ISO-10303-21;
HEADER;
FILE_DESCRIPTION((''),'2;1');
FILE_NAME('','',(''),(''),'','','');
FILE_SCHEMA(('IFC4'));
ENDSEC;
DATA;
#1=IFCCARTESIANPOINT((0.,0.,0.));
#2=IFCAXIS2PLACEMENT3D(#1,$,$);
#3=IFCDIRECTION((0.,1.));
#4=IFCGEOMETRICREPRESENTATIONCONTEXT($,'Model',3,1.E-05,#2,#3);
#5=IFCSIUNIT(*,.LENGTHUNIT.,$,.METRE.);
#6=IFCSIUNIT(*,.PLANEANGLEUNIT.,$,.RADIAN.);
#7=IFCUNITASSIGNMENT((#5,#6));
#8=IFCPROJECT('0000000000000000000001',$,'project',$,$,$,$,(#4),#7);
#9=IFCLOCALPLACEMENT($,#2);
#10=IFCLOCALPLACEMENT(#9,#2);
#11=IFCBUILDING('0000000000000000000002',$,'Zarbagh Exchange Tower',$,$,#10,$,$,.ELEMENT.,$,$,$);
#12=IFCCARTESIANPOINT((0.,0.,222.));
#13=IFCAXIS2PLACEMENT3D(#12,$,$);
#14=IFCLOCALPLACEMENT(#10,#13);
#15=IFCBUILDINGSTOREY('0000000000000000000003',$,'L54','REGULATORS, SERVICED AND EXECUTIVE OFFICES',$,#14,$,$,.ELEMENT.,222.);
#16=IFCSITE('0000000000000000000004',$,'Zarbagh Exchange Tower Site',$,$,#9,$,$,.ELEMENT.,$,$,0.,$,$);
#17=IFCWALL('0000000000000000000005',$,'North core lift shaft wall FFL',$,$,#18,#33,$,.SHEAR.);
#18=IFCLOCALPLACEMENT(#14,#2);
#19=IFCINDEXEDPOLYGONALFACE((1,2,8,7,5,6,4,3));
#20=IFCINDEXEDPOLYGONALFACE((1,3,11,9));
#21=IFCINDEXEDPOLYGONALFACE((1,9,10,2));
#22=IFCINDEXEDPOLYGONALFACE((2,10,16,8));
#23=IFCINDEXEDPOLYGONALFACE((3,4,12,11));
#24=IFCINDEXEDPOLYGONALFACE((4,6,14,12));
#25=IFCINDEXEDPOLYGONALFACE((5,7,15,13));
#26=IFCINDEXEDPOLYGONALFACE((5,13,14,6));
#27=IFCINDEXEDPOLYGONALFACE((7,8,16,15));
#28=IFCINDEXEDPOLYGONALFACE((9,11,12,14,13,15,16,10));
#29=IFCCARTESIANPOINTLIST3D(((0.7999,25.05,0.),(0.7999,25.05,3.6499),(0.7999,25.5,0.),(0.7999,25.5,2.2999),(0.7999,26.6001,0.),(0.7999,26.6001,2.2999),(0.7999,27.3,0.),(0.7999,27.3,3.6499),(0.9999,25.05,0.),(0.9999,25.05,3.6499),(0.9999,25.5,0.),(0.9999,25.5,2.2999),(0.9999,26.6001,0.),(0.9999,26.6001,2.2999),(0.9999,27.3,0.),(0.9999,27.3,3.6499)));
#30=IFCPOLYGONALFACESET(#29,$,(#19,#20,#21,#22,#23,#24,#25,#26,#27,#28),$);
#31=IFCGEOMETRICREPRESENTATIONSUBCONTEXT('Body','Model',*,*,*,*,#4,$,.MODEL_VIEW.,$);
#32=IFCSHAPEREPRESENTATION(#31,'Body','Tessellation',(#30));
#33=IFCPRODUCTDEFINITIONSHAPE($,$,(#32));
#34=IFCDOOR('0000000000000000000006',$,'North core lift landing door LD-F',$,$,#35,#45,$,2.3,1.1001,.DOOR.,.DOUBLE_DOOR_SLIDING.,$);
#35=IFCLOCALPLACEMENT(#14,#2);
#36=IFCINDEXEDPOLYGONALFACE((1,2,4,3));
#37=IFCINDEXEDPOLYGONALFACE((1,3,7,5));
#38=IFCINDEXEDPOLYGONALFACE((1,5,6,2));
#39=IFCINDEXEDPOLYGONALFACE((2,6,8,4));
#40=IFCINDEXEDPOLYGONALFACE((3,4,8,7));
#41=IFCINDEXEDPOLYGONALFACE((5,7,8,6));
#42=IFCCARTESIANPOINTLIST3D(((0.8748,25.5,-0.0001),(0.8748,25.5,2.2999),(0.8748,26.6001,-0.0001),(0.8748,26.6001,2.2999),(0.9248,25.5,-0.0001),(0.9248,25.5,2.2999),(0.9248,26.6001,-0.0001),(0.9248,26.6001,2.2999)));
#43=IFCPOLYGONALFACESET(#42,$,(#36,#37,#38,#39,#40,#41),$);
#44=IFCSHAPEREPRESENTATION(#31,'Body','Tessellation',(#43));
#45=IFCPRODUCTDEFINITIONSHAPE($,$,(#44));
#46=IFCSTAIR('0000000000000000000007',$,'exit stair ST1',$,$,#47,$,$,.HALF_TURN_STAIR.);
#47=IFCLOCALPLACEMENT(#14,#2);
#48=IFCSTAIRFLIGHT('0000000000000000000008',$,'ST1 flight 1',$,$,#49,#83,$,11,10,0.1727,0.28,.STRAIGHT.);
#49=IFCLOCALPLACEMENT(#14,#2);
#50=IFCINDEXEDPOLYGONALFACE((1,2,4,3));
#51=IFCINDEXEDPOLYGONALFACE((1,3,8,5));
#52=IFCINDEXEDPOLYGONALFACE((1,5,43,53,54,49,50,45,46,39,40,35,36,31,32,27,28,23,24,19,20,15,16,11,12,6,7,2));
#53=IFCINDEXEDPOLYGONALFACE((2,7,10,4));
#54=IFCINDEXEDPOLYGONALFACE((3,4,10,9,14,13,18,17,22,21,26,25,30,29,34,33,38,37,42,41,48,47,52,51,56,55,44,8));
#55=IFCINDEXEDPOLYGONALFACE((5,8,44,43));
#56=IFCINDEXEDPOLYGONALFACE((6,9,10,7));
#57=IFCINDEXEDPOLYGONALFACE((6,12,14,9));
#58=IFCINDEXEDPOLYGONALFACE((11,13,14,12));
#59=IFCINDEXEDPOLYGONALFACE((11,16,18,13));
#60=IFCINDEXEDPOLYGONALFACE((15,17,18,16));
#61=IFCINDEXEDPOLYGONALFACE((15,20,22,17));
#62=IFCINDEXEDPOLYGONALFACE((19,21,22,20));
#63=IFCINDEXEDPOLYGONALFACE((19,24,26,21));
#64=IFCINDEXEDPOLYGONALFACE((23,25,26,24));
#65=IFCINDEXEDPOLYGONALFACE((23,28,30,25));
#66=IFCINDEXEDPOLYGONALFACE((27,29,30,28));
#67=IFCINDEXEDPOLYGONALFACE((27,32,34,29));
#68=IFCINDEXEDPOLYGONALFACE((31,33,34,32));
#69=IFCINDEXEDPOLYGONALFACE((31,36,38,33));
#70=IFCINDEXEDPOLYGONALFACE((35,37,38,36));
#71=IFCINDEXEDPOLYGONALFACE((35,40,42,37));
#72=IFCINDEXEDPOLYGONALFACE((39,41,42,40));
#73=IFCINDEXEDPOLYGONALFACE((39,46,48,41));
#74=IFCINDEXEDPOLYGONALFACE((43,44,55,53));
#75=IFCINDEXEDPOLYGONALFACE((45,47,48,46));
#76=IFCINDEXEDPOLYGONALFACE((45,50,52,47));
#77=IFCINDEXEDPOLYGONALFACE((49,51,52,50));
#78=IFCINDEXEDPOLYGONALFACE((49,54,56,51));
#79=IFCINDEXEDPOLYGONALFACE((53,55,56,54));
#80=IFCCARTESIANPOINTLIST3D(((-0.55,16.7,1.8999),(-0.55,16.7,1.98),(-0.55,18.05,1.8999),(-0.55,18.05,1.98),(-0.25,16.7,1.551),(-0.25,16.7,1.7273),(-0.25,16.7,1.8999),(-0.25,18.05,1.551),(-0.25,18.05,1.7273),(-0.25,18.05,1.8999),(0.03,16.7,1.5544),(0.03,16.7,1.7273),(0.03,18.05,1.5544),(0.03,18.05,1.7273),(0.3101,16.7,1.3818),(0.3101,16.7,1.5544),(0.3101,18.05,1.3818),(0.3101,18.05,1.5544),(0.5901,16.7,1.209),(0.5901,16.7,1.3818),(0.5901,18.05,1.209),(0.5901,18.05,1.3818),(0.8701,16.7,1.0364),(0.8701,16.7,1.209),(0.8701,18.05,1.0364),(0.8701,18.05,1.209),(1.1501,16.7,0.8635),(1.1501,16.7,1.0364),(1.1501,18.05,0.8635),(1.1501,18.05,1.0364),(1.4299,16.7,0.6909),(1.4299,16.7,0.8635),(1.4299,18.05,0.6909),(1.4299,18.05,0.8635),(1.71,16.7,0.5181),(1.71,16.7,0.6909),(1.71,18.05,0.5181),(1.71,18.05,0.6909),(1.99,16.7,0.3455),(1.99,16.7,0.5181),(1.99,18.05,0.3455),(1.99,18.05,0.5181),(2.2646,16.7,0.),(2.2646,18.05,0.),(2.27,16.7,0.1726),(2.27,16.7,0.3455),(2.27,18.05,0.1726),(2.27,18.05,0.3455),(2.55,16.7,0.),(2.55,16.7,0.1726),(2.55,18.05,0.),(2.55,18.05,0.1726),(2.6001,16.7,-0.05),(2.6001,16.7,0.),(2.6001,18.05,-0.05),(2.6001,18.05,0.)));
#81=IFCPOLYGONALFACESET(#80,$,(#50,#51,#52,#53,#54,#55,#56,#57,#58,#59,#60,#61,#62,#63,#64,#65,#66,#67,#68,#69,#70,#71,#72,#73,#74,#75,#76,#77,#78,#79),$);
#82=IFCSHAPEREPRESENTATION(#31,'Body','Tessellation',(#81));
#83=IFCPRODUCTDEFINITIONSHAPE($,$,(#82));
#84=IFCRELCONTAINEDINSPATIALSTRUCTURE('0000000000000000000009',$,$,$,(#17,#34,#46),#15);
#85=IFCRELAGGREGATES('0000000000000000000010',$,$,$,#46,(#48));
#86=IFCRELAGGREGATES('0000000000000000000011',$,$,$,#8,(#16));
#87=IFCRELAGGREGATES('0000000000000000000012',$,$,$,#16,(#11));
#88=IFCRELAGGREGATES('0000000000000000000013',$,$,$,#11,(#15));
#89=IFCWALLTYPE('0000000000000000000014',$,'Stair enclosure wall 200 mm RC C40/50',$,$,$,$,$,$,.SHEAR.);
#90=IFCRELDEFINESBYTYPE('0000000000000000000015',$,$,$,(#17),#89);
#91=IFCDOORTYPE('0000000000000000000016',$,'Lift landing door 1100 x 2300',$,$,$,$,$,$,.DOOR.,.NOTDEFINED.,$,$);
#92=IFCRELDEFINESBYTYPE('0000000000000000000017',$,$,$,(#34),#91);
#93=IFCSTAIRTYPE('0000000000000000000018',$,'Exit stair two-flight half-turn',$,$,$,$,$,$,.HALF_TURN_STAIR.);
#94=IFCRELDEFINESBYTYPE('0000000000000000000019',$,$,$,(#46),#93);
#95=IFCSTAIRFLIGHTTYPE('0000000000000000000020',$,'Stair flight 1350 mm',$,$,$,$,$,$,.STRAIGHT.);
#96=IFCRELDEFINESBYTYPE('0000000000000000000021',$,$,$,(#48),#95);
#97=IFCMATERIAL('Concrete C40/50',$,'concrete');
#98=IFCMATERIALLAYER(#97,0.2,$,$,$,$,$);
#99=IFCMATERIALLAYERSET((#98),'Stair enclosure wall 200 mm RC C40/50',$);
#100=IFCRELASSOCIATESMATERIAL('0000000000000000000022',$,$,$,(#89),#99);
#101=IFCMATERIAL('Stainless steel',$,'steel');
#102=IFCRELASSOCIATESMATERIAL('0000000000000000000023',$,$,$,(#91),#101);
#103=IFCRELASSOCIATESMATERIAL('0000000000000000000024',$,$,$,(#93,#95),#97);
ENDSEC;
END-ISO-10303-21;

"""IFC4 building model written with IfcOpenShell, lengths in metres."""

from ifc_helpers import new_model, si_unit, direction, frame, frame_2d, origin, place, context, subcontext, project, spatial, polyline, rectangle, outline, extrude, material, layer, layer_set, type_object, element, fill, aggregate, save


model = new_model("IFC4")

# Units and contexts
model_context = context("Model", 3, precision=1e-05, world=origin(), true_north=direction((0.0, 1.0)))
body_context = subcontext(model_context, "Body", "Model", "MODEL_VIEW")
ifc_project = project(units=[si_unit("LENGTHUNIT", "METRE"), si_unit("PLANEANGLEUNIT", "RADIAN")], contexts=[model_context])

# Site, building, storey
site_placement = place(None, origin())
site = spatial("IfcSite", under=ifc_project, at=site_placement, Name="Zarbagh Exchange Tower Site", CompositionType="ELEMENT", RefElevation=0.0)
building_placement = place(site_placement, origin())
building = spatial("IfcBuilding", under=site, at=building_placement, Name="Zarbagh Exchange Tower", CompositionType="ELEMENT")
storey_placement = place(building_placement, frame((0.0, 0.0, 222.0)))
storey = spatial("IfcBuildingStorey", under=building, at=storey_placement, Name="L54", Description="REGULATORS, SERVICED AND EXECUTIVE OFFICES", CompositionType="ELEMENT", Elevation=222.0)

# Wall, opening, door
ifc_material_1 = material(Name="Concrete C40/50", Category="concrete")
ifc_layer_1 = layer(ifc_material_1, 0.2)
ifc_layer_set_1 = layer_set([ifc_layer_1], Name="Stair enclosure wall 200 mm RC C40/50")
wall_type_1 = type_object("IfcWallType", Name="Stair enclosure wall 200 mm RC C40/50", PredefinedType="SHEAR", material=ifc_layer_set_1)
wall_1_placement = place(storey_placement, frame((0.8999, 27.3, 0.0), z_axis=(0.0, 0.0, 1.0), x_axis=(0.0, -1.0, 0.0)))
wall_1 = element("IfcWall", 1, at=wall_1_placement, inside=storey, type_object=wall_type_1, Name="North core lift shaft wall FFL", PredefinedType="SHEAR", context=body_context, shape_type="SweptSolid", body=[
    extrude(rectangle(XDim=2.25, YDim=0.2, at=frame_2d((1.125, 0.0))), origin(), (0.0, 0.0, 1.0), 3.6499),
])
opening_1_placement = place(wall_1_placement, frame((0.7, 0.0, 0.0)))
opening_1 = element("IfcOpeningElement", 2, at=opening_1_placement, cuts=wall_1, PredefinedType="OPENING", context=body_context, shape_type="SweptSolid", body=[
    extrude(rectangle(XDim=1.1001, YDim=2.3, at=frame_2d((0.55, 1.1499))), frame((0.0, 0.1099, 0.0), z_axis=(0.0, -1.0, 0.0), x_axis=(1.0, 0.0, 0.0)), (0.0, 0.0, 1.0), 0.22),
])
ifc_material_2 = material(Name="Stainless steel", Category="steel")
door_type_1 = type_object("IfcDoorType", Name="Lift landing door 1100 x 2300", OperationType="NOTDEFINED", PredefinedType="DOOR", material=ifc_material_2)
door_1_placement = place(opening_1_placement, origin())
door_1 = element("IfcDoor", 3, at=door_1_placement, inside=storey, type_object=door_type_1, Name="North core lift landing door LD-F", OperationType="DOUBLE_DOOR_SLIDING", OverallHeight=2.3, OverallWidth=1.1001, PredefinedType="DOOR", context=body_context, shape_type="SweptSolid", body=[
    extrude(rectangle(XDim=1.1001, YDim=2.3, at=frame_2d((0.55, 1.1499))), frame((0.0, 0.0249, 0.0), z_axis=(0.0, -1.0, 0.0), x_axis=(1.0, 0.0, 0.0)), (0.0, 0.0, 1.0), 0.05),
])
fill(opening_1, door_1)

# Stair, stair flight
stair_type = type_object("IfcStairType", Name="Exit stair two-flight half-turn", PredefinedType="HALF_TURN_STAIR", material=ifc_material_1)
stair_placement = place(storey_placement, origin())
stair = element("IfcStair", 4, at=stair_placement, inside=storey, type_object=stair_type, Name="exit stair ST1", PredefinedType="HALF_TURN_STAIR")
stair_flight_type = type_object("IfcStairFlightType", Name="Stair flight 1350 mm", PredefinedType="STRAIGHT", material=ifc_material_1)
stair_flight_placement = place(storey_placement, frame((2.55, 17.375, 0.0), z_axis=(0.0, 0.0, 1.0), x_axis=(-1.0, 0.0, 0.0)))
stair_flight = element("IfcStairFlight", 5, at=stair_flight_placement, type_object=stair_flight_type, Name="ST1 flight 1", NumberOfRisers=11, NumberOfTreads=10, PredefinedType="STRAIGHT", RiserHeight=0.1727, TreadLength=0.28, context=body_context, shape_type="SweptSolid", body=[
    extrude(outline(polyline([(-0.05, -0.05), (-0.05, 0.0), (0.0, 0.0), (0.0, 0.1726), (0.28, 0.1726), (0.28, 0.3455), (0.5601, 0.3455), (0.5601, 0.5181), (0.8401, 0.5181), (0.8401, 0.6909), (1.1201, 0.6909), (1.1201, 0.8635), (1.3999, 0.8635), (1.3999, 1.0364), (1.6799, 1.0364), (1.6799, 1.209), (1.96, 1.209), (1.96, 1.3818), (2.24, 1.3818), (2.24, 1.5544), (2.52, 1.5544), (2.52, 1.7273), (2.8, 1.7273), (2.8, 1.8999), (3.1001, 1.98), (3.1001, 1.8999), (2.8, 1.551), (0.2854, 0.0), (-0.05, -0.05)])), frame((0.0, 0.675, 0.0), z_axis=(0.0, -1.0, 0.0), x_axis=(1.0, 0.0, 0.0)), (0.0, 0.0, 1.0), 1.3501),
])
aggregate(stair, [stair_flight])

save(model, "model.ifc")
